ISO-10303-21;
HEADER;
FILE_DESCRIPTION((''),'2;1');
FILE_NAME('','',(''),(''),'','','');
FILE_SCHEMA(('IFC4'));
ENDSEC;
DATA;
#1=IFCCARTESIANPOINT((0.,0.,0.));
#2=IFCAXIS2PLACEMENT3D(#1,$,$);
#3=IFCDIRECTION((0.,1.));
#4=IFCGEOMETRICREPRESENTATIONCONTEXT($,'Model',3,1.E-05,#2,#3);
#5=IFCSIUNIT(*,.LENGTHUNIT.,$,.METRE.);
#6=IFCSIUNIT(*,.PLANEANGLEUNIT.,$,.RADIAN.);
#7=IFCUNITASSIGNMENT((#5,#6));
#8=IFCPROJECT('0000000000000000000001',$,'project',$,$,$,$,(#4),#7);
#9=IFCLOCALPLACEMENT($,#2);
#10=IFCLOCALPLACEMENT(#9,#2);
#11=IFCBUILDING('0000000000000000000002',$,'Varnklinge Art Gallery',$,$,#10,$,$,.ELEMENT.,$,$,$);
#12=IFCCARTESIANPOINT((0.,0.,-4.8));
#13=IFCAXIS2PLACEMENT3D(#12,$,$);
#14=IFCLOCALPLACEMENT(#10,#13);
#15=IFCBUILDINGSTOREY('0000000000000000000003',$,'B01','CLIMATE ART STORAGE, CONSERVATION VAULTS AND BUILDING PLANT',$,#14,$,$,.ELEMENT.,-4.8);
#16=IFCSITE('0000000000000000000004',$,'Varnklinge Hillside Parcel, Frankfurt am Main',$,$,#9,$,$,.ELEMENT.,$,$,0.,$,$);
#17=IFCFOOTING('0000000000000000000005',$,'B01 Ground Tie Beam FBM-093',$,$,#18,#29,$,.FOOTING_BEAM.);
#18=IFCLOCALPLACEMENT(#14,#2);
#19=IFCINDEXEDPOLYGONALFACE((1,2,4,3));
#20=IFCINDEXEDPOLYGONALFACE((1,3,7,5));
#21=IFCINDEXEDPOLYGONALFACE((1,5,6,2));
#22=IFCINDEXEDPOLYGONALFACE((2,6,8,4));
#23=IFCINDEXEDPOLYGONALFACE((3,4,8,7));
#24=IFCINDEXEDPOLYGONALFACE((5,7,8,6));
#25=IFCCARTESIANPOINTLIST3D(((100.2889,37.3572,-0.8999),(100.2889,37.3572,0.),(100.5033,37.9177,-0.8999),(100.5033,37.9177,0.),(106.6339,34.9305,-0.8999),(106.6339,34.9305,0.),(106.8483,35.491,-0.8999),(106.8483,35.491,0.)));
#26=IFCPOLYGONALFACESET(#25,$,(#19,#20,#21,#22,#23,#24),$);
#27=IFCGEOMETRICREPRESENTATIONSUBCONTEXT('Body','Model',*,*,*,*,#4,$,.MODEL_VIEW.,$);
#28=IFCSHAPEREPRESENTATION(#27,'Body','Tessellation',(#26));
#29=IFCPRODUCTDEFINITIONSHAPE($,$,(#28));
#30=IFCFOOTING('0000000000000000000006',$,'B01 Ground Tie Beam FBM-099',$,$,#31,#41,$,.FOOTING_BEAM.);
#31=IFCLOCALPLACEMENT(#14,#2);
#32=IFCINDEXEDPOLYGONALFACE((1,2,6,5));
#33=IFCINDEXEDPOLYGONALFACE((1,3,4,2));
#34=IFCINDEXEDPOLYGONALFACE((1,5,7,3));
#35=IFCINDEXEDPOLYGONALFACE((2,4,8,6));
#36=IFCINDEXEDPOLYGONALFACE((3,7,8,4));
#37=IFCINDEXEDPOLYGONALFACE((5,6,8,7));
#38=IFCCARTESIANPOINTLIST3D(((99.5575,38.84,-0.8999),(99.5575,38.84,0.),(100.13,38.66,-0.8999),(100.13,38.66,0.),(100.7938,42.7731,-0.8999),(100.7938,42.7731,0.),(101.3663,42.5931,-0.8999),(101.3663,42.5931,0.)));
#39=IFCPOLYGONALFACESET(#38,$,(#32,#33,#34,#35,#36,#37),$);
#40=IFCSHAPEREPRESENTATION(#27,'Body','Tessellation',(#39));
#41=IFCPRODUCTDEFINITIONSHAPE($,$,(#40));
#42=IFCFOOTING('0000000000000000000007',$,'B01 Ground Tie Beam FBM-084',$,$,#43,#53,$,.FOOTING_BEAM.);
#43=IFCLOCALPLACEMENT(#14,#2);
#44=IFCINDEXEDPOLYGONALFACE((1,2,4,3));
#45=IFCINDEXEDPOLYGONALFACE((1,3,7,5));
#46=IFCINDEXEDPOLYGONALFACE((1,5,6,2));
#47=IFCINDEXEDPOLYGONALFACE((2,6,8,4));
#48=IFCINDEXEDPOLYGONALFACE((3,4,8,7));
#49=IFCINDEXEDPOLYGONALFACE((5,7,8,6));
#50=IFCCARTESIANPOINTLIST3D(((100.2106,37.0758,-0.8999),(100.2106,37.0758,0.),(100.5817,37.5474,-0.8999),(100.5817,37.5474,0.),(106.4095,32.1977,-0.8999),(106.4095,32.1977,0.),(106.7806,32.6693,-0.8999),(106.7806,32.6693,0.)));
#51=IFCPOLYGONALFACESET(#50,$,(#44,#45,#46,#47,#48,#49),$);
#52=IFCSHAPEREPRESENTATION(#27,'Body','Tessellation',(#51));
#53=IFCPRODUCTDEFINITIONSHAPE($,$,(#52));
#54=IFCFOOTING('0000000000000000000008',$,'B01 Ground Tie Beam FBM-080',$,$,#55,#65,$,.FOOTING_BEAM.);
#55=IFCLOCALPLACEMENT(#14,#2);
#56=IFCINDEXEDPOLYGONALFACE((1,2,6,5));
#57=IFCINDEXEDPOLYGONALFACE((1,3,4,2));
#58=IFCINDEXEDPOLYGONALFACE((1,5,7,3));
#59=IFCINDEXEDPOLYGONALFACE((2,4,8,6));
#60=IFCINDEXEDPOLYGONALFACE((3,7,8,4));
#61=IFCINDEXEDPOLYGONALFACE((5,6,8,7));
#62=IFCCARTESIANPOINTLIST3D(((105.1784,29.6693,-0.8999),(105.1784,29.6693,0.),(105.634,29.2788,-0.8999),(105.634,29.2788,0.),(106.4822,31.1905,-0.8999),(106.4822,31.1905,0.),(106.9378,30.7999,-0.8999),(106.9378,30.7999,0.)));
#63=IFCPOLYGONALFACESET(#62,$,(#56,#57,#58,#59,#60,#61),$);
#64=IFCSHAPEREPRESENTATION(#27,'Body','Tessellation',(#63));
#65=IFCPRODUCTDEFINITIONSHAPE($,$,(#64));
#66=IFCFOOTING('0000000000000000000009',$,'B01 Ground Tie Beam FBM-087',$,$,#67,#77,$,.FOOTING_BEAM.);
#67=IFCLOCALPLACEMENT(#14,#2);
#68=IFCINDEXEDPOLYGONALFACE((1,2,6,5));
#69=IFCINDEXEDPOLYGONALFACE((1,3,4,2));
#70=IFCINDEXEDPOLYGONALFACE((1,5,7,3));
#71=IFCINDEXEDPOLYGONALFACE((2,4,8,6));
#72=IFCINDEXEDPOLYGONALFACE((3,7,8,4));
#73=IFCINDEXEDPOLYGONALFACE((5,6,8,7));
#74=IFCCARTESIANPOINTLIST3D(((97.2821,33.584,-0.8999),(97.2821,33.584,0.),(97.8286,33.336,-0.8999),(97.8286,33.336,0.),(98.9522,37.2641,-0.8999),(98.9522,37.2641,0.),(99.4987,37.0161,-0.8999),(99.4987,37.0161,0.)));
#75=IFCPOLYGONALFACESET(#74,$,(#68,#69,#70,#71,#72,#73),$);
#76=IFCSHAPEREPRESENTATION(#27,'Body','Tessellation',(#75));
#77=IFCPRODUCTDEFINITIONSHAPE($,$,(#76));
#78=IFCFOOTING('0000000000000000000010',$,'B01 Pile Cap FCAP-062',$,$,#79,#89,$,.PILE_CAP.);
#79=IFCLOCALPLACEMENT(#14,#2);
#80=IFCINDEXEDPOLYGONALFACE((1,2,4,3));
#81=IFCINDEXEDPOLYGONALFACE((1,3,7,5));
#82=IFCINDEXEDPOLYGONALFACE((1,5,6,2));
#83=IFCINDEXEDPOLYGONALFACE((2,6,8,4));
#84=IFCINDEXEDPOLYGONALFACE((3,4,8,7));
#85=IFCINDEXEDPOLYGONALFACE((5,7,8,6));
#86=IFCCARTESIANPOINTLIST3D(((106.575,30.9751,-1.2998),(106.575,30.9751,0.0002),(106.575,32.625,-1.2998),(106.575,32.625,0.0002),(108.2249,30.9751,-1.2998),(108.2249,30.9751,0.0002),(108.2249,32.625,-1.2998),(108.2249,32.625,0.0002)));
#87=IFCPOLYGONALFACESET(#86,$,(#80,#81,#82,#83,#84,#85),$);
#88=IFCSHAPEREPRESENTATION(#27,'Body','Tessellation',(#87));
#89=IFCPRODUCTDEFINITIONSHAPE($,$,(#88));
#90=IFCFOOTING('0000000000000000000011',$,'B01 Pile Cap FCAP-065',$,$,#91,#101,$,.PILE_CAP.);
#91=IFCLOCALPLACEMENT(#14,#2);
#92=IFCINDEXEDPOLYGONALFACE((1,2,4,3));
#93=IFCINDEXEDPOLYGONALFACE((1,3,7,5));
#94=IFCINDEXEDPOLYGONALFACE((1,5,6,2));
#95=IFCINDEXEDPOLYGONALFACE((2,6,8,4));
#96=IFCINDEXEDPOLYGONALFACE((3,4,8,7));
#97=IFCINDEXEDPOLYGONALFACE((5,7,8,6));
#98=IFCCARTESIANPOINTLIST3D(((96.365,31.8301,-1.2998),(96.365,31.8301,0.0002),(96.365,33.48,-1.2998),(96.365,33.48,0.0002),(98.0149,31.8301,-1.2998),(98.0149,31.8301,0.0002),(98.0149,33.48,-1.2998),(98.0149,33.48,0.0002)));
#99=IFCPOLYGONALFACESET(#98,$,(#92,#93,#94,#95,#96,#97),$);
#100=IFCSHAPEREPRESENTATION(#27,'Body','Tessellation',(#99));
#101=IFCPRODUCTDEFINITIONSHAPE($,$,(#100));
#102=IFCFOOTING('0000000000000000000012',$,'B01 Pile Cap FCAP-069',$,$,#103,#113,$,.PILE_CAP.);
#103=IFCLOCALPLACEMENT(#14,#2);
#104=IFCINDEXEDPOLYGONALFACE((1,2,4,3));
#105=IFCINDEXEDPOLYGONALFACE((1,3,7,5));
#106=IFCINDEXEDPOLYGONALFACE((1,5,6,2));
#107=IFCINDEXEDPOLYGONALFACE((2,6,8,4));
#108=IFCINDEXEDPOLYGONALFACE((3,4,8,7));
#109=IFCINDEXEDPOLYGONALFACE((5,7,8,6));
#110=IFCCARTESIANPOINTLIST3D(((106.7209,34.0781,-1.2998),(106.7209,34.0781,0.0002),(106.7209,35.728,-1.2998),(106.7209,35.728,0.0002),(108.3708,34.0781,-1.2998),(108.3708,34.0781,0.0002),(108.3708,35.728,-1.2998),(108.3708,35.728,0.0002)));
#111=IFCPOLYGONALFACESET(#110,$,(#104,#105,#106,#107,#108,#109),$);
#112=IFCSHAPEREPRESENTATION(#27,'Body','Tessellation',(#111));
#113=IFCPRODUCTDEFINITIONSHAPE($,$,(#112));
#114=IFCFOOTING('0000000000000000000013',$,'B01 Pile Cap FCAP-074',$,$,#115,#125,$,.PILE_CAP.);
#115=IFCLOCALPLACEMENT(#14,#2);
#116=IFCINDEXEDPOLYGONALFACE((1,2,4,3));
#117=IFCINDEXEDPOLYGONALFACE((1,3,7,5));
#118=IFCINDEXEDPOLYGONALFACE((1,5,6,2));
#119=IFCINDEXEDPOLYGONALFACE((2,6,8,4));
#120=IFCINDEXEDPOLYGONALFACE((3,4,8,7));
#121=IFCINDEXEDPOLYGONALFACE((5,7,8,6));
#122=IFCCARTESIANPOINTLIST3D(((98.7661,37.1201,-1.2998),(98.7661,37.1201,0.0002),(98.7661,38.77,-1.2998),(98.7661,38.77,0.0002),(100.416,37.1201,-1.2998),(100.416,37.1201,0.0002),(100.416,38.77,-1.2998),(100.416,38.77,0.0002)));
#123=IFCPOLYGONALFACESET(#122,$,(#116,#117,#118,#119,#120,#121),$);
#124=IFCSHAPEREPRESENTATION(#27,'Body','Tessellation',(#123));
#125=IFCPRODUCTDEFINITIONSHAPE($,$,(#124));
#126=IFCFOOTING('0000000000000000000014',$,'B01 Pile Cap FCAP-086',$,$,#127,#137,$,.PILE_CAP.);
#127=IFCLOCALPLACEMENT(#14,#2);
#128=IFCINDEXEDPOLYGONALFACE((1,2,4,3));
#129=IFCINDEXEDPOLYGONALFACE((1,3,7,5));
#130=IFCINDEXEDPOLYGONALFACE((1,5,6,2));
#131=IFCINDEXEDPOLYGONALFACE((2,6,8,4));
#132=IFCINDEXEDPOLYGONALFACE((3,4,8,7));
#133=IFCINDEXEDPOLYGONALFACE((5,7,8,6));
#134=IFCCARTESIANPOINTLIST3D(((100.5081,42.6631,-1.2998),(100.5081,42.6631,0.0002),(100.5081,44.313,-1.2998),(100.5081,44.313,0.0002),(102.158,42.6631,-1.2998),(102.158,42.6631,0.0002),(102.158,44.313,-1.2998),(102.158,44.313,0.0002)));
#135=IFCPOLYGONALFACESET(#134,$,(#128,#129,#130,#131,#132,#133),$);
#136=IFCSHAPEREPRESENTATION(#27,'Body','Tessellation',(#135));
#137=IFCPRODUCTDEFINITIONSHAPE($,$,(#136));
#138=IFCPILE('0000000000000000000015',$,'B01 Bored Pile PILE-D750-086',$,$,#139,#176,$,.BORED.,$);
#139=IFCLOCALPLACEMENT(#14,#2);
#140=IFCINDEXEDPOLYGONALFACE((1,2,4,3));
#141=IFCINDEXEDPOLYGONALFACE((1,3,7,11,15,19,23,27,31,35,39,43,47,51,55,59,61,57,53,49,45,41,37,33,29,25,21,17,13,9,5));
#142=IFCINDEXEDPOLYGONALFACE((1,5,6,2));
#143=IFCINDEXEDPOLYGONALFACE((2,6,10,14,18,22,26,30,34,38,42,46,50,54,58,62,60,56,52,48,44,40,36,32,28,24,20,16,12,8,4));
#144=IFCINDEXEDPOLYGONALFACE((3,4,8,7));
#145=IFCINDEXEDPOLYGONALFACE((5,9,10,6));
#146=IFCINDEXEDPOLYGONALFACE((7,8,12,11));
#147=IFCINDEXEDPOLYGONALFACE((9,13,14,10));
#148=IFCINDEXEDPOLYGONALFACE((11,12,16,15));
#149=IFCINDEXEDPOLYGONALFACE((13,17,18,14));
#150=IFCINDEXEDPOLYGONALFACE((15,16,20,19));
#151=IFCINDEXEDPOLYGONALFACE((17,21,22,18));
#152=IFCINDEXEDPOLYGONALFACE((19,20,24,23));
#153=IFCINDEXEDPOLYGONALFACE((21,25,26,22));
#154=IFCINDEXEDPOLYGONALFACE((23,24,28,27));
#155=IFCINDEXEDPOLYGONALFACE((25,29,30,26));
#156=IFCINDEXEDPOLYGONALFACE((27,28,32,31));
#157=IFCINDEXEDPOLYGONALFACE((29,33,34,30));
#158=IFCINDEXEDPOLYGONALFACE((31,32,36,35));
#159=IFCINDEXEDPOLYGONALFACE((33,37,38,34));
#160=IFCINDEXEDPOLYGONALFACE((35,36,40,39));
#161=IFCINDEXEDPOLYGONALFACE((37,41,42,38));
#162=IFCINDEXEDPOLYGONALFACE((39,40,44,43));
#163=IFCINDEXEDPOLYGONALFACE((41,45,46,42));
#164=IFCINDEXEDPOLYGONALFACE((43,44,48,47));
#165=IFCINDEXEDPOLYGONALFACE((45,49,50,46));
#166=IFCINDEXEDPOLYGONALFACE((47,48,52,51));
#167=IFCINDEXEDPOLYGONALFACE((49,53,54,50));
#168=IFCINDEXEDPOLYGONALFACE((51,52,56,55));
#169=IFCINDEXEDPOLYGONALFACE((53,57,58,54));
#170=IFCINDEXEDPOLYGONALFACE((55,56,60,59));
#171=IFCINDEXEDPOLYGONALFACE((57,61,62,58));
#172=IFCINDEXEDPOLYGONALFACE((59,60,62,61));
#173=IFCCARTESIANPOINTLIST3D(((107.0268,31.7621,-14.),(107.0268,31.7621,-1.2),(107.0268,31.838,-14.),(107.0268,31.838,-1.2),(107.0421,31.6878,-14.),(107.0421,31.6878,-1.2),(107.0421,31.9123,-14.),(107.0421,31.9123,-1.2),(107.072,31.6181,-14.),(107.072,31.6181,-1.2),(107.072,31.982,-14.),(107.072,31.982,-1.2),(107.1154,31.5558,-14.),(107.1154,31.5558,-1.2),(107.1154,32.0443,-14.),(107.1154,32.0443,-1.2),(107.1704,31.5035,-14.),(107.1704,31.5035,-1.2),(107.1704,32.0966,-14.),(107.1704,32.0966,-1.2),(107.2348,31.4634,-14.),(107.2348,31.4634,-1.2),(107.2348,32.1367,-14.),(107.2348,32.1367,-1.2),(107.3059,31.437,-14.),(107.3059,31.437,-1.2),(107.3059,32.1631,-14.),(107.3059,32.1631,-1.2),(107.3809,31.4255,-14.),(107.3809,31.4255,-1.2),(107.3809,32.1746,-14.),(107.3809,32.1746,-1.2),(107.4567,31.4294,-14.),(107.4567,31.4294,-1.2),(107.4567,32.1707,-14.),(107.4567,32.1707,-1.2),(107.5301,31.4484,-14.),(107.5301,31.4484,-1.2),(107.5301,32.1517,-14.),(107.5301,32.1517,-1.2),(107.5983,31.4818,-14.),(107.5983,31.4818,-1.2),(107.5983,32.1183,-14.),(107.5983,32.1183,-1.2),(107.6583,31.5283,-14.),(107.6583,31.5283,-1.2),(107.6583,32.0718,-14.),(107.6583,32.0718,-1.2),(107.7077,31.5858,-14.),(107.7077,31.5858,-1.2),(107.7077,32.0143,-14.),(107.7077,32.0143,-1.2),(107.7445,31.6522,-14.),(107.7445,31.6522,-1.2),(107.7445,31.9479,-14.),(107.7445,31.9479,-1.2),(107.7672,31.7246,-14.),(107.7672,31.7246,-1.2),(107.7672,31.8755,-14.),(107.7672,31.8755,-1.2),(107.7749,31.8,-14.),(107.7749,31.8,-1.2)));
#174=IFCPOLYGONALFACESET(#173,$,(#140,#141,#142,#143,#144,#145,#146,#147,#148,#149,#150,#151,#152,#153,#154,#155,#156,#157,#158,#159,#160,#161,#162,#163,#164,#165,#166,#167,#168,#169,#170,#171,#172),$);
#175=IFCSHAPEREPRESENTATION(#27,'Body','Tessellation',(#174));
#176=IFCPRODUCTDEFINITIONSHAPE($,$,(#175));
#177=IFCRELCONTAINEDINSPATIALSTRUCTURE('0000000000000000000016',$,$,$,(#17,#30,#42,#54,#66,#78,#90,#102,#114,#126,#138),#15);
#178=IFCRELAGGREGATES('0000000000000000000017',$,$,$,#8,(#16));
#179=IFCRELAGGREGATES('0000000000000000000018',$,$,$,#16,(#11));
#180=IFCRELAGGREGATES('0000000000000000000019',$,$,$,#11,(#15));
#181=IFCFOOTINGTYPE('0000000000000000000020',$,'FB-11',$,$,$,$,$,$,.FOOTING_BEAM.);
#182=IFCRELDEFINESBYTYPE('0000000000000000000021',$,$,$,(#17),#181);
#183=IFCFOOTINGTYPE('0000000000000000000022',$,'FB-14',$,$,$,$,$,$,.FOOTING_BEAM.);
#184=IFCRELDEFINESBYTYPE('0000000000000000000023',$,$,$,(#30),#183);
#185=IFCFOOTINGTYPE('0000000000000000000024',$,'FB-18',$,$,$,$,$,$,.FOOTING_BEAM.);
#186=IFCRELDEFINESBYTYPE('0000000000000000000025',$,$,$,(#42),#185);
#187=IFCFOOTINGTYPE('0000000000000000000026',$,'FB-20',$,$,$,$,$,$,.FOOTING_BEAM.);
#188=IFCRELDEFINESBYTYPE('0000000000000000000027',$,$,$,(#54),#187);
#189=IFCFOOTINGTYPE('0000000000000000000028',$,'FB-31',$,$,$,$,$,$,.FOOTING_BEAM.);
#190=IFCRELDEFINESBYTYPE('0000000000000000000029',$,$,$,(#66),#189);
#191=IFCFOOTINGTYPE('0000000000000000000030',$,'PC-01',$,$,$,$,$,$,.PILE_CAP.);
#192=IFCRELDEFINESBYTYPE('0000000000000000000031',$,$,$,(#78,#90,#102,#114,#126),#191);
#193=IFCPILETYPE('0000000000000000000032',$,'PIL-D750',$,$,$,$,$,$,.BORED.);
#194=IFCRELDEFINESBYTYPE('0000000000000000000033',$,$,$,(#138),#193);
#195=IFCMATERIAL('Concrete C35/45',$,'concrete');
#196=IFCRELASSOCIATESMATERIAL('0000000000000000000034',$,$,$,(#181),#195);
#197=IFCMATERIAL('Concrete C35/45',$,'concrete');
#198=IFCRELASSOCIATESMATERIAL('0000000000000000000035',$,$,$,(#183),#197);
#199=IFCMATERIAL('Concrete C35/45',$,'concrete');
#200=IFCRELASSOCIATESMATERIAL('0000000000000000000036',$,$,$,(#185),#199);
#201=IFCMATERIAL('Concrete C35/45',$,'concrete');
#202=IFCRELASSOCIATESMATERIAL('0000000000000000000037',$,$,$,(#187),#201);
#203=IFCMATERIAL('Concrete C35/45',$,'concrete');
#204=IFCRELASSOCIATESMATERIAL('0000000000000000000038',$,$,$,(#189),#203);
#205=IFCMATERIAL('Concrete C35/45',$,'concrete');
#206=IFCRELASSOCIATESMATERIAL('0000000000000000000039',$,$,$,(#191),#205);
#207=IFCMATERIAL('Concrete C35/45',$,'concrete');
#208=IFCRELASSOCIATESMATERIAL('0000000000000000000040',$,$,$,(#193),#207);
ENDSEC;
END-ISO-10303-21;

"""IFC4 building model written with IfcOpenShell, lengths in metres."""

from ifc_helpers import new_model, si_unit, direction, frame, origin, origin_2d, place, context, subcontext, project, spatial, rectangle, circle, extrude, material, material_profile, profile_set, type_object, element, save


model = new_model("IFC4")

# Units and contexts
model_context = context("Model", 3, precision=1e-05, world=origin(), true_north=direction((0.0, 1.0)))
body_context = subcontext(model_context, "Body", "Model", "MODEL_VIEW")
ifc_project = project(units=[si_unit("LENGTHUNIT", "METRE"), si_unit("PLANEANGLEUNIT", "RADIAN")], contexts=[model_context])

# Site, building, storey
site_placement = place(None, origin())
site = spatial("IfcSite", under=ifc_project, at=site_placement, Name="Varnklinge Hillside Parcel, Frankfurt am Main", CompositionType="ELEMENT", RefElevation=0.0)
building_placement = place(site_placement, origin())
building = spatial("IfcBuilding", under=site, at=building_placement, Name="Varnklinge Art Gallery", CompositionType="ELEMENT")
storey_placement = place(building_placement, frame((0.0, 0.0, -4.8)))
storey = spatial("IfcBuildingStorey", under=building, at=storey_placement, Name="B01", Description="CLIMATE ART STORAGE, CONSERVATION VAULTS AND BUILDING PLANT", CompositionType="ELEMENT", Elevation=-4.8)

# Footings
ifc_material_1 = material(Name="Concrete C35/45", Category="concrete")
footing_type_1 = type_object("IfcFootingType", Name="FB-11", PredefinedType="FOOTING_BEAM", material=ifc_material_1)
footing_1_placement = place(storey_placement, frame((103.5686, 36.4241, -0.8999), z_axis=(0.0, 0.0, 1.0), x_axis=(-0.934018, 0.357227, 0.0)))
element("IfcFooting", 1, at=footing_1_placement, inside=storey, type_object=footing_type_1, Name="B01 Ground Tie Beam FBM-093", PredefinedType="FOOTING_BEAM", context=body_context, shape_type="SweptSolid", body=[
    extrude(rectangle(XDim=6.7932, YDim=0.6001, at=origin_2d()), origin(), (0.0, 0.0, 1.0), 0.8999),
])
ifc_material_2 = material(Name="Concrete C35/45", Category="concrete")
footing_type_2 = type_object("IfcFootingType", Name="FB-14", PredefinedType="FOOTING_BEAM", material=ifc_material_2)
footing_2_placement = place(storey_placement, frame((100.4619, 40.7166, -0.8999), z_axis=(0.0, 0.0, 1.0), x_axis=(0.299873, 0.953979, 0.0)))
element("IfcFooting", 2, at=footing_2_placement, inside=storey, type_object=footing_type_2, Name="B01 Ground Tie Beam FBM-099", PredefinedType="FOOTING_BEAM", context=body_context, shape_type="SweptSolid", body=[
    extrude(rectangle(XDim=4.1228, YDim=0.6001, at=origin_2d()), origin(), (0.0, 0.0, 1.0), 0.8999),
])
ifc_material_3 = material(Name="Concrete C35/45", Category="concrete")
footing_type_3 = type_object("IfcFootingType", Name="FB-18", PredefinedType="FOOTING_BEAM", material=ifc_material_3)
footing_3_placement = place(storey_placement, frame((103.4956, 34.8726, -0.8999), z_axis=(0.0, 0.0, 1.0), x_axis=(-0.785857, 0.618408, 0.0)))
element("IfcFooting", 3, at=footing_3_placement, inside=storey, type_object=footing_type_3, Name="B01 Ground Tie Beam FBM-084", PredefinedType="FOOTING_BEAM", context=body_context, shape_type="SweptSolid", body=[
    extrude(rectangle(XDim=7.8882, YDim=0.6001, at=origin_2d()), origin(), (0.0, 0.0, 1.0), 0.8999),
])
ifc_material_4 = material(Name="Concrete C35/45", Category="concrete")
footing_type_4 = type_object("IfcFootingType", Name="FB-20", PredefinedType="FOOTING_BEAM", material=ifc_material_4)
footing_4_placement = place(storey_placement, frame((106.0581, 30.2346, -0.8999), z_axis=(0.0, 0.0, 1.0), x_axis=(0.650774, 0.759271, 0.0)))
element("IfcFooting", 4, at=footing_4_placement, inside=storey, type_object=footing_type_4, Name="B01 Ground Tie Beam FBM-080", PredefinedType="FOOTING_BEAM", context=body_context, shape_type="SweptSolid", body=[
    extrude(rectangle(XDim=2.0034, YDim=0.6001, at=origin_2d()), origin(), (0.0, 0.0, 1.0), 0.8999),
])
ifc_material_5 = material(Name="Concrete C35/45", Category="concrete")
footing_type_5 = type_object("IfcFootingType", Name="FB-31", PredefinedType="FOOTING_BEAM", material=ifc_material_5)
footing_5_placement = place(storey_placement, frame((98.3904, 35.3, -0.8999), z_axis=(0.0, 0.0, 1.0), x_axis=(0.413263, 0.910612, 0.0)))
element("IfcFooting", 5, at=footing_5_placement, inside=storey, type_object=footing_type_5, Name="B01 Ground Tie Beam FBM-087", PredefinedType="FOOTING_BEAM", context=body_context, shape_type="SweptSolid", body=[
    extrude(rectangle(XDim=4.0413, YDim=0.6001, at=origin_2d()), origin(), (0.0, 0.0, 1.0), 0.8999),
])
ifc_material_6 = material(Name="Concrete C35/45", Category="concrete")
footing_type_6 = type_object("IfcFootingType", Name="PC-01", PredefinedType="PILE_CAP", material=ifc_material_6)
for number, where, z_axis, x_axis, name in (
    (6, (107.3999, 31.8, -1.2998), (0.0, 0.0, 1.0), (1.0, 0.0, 0.0), "B01 Pile Cap FCAP-062"),
    (7, (97.1899, 32.655, -1.2998), (0.0, 0.0, 1.0), (1.0, 0.0, 0.0), "B01 Pile Cap FCAP-065"),
    (8, (107.5459, 34.9031, -1.2998), (0.0, 0.0, 1.0), (1.0, 0.0, 0.0), "B01 Pile Cap FCAP-069"),
    (9, (99.5911, 37.9451, -1.2998), (0.0, 0.0, 1.0), (1.0, 0.0, 0.0), "B01 Pile Cap FCAP-074"),
    (10, (101.333, 43.488, -1.2998), (0.0, 0.0, 1.0), (1.0, 0.0, 0.0), "B01 Pile Cap FCAP-086"),
):
    element("IfcFooting", number, at=place(storey_placement, frame(where, z_axis=z_axis, x_axis=x_axis)), inside=storey, type_object=footing_type_6, Name=name, PredefinedType="PILE_CAP", context=body_context, shape_type="SweptSolid", body=[
        extrude(rectangle(XDim=1.6499, YDim=1.6499, at=origin_2d()), origin(), (0.0, 0.0, 1.0), 1.3),
    ])

# Pile
ifc_material_7 = material(Name="Concrete C35/45", Category="concrete")
ifc_material_profile_1 = material_profile(ifc_material_7, circle(Radius=0.375, at=origin_2d()), Name="PILE D750")
ifc_profile_set_1 = profile_set([ifc_material_profile_1], Name="Concrete C35/45")
pile_type = type_object("IfcPileType", Name="PIL-D750", PredefinedType="BORED", material=ifc_profile_set_1)
for number, where, z_axis, x_axis, name in (
    (11, (107.3999, 31.8, -1.2), (0.0, 0.0, -1.0), (1.0, 0.0, 0.0), "B01 Bored Pile PILE-D750-086"),
):
    element("IfcPile", number, at=place(storey_placement, frame(where, z_axis=z_axis, x_axis=x_axis)), inside=storey, type_object=pile_type, Name=name, PredefinedType="BORED", context=body_context, shape_type="SweptSolid", body=[
        extrude(circle(Radius=0.375, at=origin_2d()), origin(), (0.0, 0.0, 1.0), 12.8),
    ])

save(model, "model.ifc")
